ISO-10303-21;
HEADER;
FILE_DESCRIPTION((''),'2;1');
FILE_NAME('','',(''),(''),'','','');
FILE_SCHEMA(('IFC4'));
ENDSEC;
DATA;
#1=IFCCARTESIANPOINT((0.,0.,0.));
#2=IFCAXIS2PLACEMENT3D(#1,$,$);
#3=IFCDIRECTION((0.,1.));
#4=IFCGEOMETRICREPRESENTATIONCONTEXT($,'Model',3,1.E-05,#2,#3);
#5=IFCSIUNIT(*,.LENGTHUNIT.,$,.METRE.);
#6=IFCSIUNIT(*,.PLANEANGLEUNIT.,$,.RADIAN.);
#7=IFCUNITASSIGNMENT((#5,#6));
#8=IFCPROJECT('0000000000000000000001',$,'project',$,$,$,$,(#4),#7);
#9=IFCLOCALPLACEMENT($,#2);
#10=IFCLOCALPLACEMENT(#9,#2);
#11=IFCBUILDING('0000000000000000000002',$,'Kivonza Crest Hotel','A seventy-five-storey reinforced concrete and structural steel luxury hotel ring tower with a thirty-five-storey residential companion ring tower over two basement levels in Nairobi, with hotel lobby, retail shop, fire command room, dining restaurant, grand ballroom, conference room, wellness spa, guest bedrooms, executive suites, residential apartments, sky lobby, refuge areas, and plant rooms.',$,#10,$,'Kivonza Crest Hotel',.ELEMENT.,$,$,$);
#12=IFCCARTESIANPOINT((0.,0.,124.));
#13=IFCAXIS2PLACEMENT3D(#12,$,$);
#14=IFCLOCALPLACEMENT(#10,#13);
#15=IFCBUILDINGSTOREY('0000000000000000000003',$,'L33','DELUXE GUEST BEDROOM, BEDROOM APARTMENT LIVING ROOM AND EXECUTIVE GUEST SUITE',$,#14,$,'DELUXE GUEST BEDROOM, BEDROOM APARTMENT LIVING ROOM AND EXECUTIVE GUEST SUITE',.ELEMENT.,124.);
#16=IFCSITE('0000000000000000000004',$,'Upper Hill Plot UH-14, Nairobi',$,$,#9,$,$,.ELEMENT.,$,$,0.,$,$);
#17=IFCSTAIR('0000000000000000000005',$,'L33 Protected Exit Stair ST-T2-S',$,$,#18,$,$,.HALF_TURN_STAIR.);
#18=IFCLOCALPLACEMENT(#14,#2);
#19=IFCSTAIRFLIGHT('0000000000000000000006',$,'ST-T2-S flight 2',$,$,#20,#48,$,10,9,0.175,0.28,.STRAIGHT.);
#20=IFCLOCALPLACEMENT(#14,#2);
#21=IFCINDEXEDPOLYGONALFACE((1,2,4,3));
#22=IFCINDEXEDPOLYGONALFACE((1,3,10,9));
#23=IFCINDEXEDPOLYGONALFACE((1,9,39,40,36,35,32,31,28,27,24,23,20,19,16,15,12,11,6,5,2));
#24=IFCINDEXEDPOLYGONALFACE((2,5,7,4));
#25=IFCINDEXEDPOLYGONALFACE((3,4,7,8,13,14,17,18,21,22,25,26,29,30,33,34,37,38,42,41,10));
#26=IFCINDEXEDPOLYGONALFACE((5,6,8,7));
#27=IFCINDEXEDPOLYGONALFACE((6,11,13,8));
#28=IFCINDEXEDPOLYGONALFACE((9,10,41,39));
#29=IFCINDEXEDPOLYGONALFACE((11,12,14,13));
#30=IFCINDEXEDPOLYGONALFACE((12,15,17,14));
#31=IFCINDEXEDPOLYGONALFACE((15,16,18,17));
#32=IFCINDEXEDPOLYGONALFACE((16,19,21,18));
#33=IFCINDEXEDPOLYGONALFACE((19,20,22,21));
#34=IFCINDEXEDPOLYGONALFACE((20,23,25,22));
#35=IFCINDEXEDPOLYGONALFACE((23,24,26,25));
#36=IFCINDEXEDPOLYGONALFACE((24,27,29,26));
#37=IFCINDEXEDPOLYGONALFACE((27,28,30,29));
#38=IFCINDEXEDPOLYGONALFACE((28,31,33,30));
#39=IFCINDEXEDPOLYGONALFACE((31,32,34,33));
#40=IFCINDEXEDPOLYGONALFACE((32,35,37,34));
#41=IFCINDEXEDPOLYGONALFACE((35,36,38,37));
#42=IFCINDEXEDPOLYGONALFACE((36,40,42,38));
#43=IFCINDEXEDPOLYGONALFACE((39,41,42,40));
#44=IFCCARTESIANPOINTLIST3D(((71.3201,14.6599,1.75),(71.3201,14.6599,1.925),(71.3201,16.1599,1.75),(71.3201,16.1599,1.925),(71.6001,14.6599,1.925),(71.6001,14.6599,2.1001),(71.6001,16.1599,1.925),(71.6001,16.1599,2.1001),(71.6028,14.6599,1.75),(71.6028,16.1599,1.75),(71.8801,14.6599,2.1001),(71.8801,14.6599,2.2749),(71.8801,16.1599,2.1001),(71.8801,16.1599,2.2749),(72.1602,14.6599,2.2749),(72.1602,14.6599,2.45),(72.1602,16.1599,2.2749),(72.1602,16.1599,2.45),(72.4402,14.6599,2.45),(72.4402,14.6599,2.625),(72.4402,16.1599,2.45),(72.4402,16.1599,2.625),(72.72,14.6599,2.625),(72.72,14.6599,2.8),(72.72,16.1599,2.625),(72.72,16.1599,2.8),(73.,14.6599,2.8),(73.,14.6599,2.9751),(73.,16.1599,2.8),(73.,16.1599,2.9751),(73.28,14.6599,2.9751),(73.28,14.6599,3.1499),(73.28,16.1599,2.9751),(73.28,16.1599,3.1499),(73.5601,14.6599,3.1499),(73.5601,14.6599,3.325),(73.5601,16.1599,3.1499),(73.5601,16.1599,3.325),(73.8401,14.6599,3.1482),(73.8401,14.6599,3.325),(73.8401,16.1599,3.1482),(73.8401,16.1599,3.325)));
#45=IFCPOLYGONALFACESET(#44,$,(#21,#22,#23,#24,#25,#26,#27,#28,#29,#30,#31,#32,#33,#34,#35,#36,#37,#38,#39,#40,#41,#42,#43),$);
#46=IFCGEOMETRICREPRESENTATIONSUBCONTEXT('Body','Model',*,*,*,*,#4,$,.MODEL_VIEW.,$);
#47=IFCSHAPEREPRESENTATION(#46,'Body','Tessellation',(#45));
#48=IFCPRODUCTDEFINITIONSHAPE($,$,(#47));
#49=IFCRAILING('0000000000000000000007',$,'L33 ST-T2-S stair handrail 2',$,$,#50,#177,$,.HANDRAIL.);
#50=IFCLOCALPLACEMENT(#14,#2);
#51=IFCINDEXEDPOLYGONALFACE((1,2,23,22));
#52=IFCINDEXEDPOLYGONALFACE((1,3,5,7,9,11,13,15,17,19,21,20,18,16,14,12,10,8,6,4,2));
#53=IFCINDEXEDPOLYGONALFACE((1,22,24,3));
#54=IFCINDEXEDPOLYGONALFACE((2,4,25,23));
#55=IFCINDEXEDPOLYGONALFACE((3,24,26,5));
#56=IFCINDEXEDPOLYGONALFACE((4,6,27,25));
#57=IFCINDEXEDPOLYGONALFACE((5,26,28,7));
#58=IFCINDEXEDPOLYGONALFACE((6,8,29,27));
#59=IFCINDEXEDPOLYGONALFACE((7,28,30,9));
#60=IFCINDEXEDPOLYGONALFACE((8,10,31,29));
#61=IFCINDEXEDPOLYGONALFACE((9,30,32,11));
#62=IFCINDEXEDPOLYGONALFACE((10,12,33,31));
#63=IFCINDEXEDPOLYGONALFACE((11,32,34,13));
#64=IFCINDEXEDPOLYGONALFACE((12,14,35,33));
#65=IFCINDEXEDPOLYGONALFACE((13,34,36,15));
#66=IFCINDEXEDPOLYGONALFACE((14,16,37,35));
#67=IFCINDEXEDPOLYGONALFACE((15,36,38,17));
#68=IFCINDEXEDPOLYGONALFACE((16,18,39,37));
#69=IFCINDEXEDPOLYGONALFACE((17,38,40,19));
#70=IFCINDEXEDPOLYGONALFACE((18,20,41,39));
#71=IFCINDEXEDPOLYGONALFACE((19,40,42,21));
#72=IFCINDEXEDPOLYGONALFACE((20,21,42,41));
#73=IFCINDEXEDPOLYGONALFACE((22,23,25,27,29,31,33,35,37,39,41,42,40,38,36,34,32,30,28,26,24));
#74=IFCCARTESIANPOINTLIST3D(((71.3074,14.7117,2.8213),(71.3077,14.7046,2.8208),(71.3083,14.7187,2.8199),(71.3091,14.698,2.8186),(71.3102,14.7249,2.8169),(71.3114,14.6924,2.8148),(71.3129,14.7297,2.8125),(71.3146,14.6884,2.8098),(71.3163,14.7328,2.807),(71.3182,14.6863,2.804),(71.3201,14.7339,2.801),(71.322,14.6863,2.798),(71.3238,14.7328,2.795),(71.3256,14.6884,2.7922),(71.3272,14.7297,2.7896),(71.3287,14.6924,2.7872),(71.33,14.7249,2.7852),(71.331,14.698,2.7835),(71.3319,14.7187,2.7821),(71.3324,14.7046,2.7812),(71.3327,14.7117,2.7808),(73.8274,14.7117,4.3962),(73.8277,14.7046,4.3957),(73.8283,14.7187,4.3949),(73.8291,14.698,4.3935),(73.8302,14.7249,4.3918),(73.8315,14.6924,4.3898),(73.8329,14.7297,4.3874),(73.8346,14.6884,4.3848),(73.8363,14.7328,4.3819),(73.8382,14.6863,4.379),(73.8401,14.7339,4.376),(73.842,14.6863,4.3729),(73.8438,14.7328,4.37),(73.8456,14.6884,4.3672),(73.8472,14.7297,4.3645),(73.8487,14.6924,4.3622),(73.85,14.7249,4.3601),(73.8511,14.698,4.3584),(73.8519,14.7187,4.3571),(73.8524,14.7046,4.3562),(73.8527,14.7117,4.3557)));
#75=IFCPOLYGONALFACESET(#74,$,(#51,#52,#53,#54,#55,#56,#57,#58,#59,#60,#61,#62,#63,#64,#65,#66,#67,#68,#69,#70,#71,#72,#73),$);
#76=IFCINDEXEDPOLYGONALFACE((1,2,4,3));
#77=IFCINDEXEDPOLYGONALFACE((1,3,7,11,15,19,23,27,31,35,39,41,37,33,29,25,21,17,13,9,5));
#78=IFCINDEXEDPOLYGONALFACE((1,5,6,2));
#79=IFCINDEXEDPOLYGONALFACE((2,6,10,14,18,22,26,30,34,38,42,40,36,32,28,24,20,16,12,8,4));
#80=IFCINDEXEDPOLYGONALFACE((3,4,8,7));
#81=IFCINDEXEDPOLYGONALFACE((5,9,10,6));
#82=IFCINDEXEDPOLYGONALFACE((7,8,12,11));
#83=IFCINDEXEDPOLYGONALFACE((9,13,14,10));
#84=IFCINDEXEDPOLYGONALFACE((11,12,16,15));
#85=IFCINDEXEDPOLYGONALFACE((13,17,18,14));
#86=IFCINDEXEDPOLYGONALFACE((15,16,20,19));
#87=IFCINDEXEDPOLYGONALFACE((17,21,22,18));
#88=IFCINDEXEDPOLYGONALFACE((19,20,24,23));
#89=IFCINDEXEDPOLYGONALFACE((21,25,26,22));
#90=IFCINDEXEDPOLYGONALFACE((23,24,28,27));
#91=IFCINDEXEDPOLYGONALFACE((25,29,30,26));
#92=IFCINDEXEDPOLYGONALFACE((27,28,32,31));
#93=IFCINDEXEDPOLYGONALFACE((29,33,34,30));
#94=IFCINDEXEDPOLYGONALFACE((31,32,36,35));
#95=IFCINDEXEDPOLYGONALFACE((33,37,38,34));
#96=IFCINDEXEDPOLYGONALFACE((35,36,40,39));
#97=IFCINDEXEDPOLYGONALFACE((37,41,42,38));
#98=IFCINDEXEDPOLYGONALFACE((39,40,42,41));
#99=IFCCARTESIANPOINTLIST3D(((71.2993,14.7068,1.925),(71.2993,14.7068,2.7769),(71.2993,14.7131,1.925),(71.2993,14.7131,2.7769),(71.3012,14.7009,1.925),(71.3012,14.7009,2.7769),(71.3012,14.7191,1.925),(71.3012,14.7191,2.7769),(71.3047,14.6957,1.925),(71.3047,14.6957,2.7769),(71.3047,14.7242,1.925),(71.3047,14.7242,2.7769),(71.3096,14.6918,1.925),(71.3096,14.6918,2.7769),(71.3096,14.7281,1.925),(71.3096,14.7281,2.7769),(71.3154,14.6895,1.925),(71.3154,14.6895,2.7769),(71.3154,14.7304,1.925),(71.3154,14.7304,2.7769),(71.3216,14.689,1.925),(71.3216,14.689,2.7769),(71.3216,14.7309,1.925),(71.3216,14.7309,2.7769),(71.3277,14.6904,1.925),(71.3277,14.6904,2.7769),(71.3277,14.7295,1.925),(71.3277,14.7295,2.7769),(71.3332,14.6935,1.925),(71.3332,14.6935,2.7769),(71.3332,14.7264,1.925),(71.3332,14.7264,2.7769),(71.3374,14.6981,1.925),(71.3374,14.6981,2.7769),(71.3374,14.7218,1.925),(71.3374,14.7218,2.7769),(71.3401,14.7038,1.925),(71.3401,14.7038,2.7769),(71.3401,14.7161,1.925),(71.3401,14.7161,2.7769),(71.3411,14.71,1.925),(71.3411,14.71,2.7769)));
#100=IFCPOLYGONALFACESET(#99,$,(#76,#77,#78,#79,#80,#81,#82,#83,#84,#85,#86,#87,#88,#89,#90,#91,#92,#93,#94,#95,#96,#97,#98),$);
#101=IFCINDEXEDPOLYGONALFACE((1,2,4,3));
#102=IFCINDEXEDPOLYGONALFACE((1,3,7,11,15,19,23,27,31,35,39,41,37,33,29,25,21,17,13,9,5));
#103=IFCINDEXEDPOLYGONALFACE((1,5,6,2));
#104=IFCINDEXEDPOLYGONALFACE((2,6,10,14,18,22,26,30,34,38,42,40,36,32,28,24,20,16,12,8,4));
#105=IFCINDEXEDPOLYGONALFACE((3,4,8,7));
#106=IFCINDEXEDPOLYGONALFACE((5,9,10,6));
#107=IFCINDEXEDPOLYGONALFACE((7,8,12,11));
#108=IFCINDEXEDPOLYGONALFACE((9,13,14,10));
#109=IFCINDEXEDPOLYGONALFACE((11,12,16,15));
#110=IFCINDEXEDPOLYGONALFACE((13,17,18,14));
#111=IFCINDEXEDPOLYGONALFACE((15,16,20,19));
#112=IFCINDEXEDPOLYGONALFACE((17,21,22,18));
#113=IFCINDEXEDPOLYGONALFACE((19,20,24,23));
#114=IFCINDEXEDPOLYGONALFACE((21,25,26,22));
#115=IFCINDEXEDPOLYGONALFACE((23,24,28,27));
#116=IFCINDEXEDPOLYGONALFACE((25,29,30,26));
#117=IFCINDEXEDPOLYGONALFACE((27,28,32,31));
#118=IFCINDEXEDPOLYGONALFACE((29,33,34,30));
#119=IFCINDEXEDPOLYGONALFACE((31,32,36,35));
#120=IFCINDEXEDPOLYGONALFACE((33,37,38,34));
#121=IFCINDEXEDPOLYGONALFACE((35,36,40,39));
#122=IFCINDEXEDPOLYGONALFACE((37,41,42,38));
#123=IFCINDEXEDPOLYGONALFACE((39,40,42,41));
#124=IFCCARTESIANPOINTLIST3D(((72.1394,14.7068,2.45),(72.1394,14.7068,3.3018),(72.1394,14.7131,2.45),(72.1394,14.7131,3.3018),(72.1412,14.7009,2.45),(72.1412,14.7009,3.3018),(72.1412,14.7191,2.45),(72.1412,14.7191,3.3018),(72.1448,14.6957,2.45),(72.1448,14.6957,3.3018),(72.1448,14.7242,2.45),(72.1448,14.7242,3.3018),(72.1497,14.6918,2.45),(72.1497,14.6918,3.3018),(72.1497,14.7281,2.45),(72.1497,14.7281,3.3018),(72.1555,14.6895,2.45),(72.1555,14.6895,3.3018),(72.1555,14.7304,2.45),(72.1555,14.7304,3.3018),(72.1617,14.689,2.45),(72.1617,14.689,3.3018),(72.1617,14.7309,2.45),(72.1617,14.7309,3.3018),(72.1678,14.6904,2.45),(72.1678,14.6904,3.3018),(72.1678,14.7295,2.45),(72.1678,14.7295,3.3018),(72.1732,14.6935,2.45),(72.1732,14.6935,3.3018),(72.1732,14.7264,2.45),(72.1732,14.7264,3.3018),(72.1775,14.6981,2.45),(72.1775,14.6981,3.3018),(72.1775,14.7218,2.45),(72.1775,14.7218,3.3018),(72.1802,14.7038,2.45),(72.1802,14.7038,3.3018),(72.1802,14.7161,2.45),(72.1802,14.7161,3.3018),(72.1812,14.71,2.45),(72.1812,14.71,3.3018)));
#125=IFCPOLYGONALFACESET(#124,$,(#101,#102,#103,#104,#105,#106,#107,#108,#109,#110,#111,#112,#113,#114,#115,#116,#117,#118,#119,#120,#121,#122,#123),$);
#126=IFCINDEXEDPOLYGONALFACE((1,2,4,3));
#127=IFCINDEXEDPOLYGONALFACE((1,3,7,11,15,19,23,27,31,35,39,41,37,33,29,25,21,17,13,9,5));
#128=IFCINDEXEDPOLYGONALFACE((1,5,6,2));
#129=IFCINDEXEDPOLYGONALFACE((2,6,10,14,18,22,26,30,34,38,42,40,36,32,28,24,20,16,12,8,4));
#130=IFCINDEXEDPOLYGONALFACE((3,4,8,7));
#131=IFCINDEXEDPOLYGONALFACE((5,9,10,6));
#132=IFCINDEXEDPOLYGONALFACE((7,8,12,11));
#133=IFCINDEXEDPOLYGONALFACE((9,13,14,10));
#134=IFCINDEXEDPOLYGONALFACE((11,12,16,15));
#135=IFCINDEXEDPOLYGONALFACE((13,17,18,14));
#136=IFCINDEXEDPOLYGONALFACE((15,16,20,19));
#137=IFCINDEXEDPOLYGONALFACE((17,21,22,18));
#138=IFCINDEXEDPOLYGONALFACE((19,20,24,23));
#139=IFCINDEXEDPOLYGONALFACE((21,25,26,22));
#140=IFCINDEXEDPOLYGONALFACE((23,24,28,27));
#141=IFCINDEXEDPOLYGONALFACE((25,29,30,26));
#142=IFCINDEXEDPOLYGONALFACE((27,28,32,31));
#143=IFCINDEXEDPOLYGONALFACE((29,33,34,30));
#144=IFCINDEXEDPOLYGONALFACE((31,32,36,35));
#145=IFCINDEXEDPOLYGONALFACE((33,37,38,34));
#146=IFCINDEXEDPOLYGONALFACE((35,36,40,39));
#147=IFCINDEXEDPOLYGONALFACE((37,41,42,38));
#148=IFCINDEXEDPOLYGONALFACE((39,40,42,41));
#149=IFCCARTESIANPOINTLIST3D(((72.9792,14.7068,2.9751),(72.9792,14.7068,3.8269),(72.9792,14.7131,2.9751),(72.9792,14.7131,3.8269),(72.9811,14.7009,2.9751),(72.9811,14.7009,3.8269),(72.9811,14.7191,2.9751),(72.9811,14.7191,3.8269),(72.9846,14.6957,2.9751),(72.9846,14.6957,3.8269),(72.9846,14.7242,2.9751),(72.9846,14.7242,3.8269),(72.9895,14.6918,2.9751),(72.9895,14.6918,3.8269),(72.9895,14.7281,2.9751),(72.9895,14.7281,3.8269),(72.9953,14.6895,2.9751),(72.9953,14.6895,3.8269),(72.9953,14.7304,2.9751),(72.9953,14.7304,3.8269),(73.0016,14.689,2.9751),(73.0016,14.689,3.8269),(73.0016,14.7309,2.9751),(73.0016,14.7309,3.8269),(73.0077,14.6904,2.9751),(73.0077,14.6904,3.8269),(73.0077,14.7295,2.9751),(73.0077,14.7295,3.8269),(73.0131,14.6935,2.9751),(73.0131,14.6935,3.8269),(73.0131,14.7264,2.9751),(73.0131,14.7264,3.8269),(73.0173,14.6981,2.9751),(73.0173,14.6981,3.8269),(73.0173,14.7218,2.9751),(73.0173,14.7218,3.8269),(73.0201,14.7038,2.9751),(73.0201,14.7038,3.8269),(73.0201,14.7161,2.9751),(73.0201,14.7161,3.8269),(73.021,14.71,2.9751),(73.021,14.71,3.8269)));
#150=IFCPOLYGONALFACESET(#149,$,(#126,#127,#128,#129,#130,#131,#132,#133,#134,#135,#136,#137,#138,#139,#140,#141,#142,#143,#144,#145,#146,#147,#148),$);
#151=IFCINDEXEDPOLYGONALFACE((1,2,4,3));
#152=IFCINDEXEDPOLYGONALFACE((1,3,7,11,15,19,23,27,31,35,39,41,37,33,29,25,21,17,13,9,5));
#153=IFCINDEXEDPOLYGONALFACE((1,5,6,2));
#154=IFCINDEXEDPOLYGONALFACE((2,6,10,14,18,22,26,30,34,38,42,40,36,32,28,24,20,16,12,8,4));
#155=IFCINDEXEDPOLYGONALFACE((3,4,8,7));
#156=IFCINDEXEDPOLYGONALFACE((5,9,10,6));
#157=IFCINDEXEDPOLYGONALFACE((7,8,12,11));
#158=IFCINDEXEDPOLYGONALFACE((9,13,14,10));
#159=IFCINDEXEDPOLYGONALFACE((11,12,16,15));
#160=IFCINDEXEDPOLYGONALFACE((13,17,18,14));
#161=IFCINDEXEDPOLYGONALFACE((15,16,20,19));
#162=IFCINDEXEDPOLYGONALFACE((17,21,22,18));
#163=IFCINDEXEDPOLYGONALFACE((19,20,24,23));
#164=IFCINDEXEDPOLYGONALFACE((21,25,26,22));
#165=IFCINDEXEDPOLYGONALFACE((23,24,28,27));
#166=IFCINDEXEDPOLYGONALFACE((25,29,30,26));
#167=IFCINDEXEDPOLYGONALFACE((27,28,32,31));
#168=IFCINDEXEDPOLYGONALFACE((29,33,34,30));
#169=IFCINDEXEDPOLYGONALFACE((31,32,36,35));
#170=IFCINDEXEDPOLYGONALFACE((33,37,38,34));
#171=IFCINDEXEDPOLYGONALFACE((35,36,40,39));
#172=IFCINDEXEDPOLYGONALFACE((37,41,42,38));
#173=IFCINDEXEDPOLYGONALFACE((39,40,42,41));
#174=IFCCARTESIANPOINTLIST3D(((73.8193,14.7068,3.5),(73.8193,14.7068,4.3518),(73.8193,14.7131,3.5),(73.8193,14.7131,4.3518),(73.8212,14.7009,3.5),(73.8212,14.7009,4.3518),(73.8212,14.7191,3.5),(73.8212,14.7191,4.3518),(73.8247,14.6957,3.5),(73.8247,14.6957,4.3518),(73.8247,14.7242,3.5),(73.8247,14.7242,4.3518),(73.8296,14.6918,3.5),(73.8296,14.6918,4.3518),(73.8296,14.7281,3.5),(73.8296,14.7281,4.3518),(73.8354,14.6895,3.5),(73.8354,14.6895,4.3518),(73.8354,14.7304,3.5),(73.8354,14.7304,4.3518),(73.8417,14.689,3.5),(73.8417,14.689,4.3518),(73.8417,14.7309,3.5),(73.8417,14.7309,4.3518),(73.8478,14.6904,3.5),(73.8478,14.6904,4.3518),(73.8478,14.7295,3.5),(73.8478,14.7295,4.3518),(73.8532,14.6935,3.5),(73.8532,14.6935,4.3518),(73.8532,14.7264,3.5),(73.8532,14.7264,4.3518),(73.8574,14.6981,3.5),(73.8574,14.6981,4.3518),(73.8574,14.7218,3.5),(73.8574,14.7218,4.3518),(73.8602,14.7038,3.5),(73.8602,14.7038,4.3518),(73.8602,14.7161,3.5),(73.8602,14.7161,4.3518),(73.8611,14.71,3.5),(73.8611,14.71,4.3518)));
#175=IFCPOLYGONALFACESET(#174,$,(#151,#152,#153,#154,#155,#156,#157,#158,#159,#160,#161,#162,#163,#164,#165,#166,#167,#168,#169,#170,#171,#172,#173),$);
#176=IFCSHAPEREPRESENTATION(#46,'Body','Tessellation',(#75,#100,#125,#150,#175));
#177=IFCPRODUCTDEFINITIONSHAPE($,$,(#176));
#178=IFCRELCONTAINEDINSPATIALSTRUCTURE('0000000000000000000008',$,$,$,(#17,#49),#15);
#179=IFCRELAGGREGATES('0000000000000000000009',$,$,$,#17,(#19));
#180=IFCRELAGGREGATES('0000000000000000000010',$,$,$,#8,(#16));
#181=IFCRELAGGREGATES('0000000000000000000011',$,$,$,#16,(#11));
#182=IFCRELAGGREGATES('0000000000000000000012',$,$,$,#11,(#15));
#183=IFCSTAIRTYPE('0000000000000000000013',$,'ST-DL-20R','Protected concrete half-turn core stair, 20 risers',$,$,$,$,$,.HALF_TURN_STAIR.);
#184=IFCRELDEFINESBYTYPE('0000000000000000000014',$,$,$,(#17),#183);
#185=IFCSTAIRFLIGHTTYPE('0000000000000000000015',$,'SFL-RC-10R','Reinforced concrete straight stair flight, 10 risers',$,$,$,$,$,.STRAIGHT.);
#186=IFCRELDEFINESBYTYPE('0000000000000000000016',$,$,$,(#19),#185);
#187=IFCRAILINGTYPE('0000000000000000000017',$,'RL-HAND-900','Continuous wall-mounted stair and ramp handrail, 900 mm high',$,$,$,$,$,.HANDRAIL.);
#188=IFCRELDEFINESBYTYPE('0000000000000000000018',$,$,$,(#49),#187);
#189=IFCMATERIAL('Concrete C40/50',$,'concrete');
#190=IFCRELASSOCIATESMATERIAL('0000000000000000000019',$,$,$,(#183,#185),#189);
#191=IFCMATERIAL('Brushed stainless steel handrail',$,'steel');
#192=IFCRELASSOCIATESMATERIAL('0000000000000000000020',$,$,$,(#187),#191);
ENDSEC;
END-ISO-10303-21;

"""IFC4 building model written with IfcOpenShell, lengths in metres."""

from ifc_helpers import new_model, si_unit, direction, frame, origin, origin_2d, place, context, subcontext, project, spatial, polyline, circle, outline, extrude, material, type_object, element, aggregate, save


model = new_model("IFC4")

# Units and contexts
model_context = context("Model", 3, precision=1e-05, world=origin(), true_north=direction((0.0, 1.0)))
body_context = subcontext(model_context, "Body", "Model", "MODEL_VIEW")
ifc_project = project(units=[si_unit("LENGTHUNIT", "METRE"), si_unit("PLANEANGLEUNIT", "RADIAN")], contexts=[model_context])

# Site, building, storey
site_placement = place(None, origin())
site = spatial("IfcSite", under=ifc_project, at=site_placement, Name="Upper Hill Plot UH-14, Nairobi", CompositionType="ELEMENT", RefElevation=0.0)
building_placement = place(site_placement, origin())
building = spatial("IfcBuilding", under=site, at=building_placement, Name="Kivonza Crest Hotel", Description="A seventy-five-storey reinforced concrete and structural steel luxury hotel ring tower with a thirty-five-storey residential companion ring tower over two basement levels in Nairobi, with hotel lobby, retail shop, fire command room, dining restaurant, grand ballroom, conference room, wellness spa, guest bedrooms, executive suites, residential apartments, sky lobby, refuge areas, and plant rooms.", LongName="Kivonza Crest Hotel", CompositionType="ELEMENT")
storey_placement = place(building_placement, frame((0.0, 0.0, 124.0)))
storey = spatial("IfcBuildingStorey", under=building, at=storey_placement, Name="L33", Description="DELUXE GUEST BEDROOM, BEDROOM APARTMENT LIVING ROOM AND EXECUTIVE GUEST SUITE", LongName="DELUXE GUEST BEDROOM, BEDROOM APARTMENT LIVING ROOM AND EXECUTIVE GUEST SUITE", CompositionType="ELEMENT", Elevation=124.0)

# Stair, stair flight
ifc_material_1 = material(Name="Concrete C40/50", Category="concrete")
stair_type = type_object("IfcStairType", Name="ST-DL-20R", Description="Protected concrete half-turn core stair, 20 risers", PredefinedType="HALF_TURN_STAIR", material=ifc_material_1)
stair_placement = place(storey_placement, origin())
stair = element("IfcStair", 1, at=stair_placement, inside=storey, type_object=stair_type, Name="L33 Protected Exit Stair ST-T2-S", PredefinedType="HALF_TURN_STAIR")
stair_flight_type = type_object("IfcStairFlightType", Name="SFL-RC-10R", Description="Reinforced concrete straight stair flight, 10 risers", PredefinedType="STRAIGHT", material=ifc_material_1)
stair_flight_placement = place(storey_placement, frame((71.3201, 15.4099, 1.75), z_axis=(0.0, 0.0, 1.0), x_axis=(1.0, 0.0, 0.0)))
stair_flight = element("IfcStairFlight", 2, at=stair_flight_placement, type_object=stair_flight_type, Name="ST-T2-S flight 2", NumberOfRisers=10, NumberOfTreads=9, PredefinedType="STRAIGHT", RiserHeight=0.175, TreadLength=0.28, context=body_context, shape_type="SweptSolid", body=[
    extrude(outline(polyline([(0.0, 0.0), (0.0, 0.175), (0.28, 0.175), (0.28, 0.3501), (0.5601, 0.3501), (0.5601, 0.5249), (0.8401, 0.5249), (0.8401, 0.7), (1.1201, 0.7), (1.1201, 0.875), (1.3999, 0.875), (1.3999, 1.05), (1.6799, 1.05), (1.6799, 1.2251), (1.96, 1.2251), (1.96, 1.3999), (2.24, 1.3999), (2.24, 1.575), (2.52, 1.575), (2.52, 1.75), (2.52, 1.3982), (0.2827, 0.0), (0.0, 0.0)])), frame((0.0, 0.75, 0.0), z_axis=(0.0, -1.0, 0.0), x_axis=(1.0, 0.0, 0.0)), (0.0, 0.0, 1.0), 1.5),
])
aggregate(stair, [stair_flight])

# Railing
ifc_material_2 = material(Name="Brushed stainless steel handrail", Category="steel")
railing_type_1 = type_object("IfcRailingType", Name="RL-HAND-900", Description="Continuous wall-mounted stair and ramp handrail, 900 mm high", PredefinedType="HANDRAIL", material=ifc_material_2)
railing_1_placement = place(storey_placement, frame((71.3201, 14.71, 1.925)))
element("IfcRailing", 3, at=railing_1_placement, inside=storey, type_object=railing_type_1, Name="L33 ST-T2-S stair handrail 2", PredefinedType="HANDRAIL", context=body_context, shape_type="SweptSolid", body=[
    extrude(circle(Radius=0.0239, at=origin_2d()), frame((0.0, 0.0, 0.876), z_axis=(0.848008, 0.0, 0.529984), x_axis=(0.0, 1.0, 0.0)), (0.0, 0.0, 1.0), 2.9717),
    extrude(circle(Radius=0.021, at=origin_2d()), origin(), (0.0, 0.0, 1.0), 0.8518),
    extrude(circle(Radius=0.021, at=origin_2d()), frame((0.8401, 0.0, 0.5249)), (0.0, 0.0, 1.0), 0.8518),
    extrude(circle(Radius=0.021, at=origin_2d()), frame((1.6799, 0.0, 1.05)), (0.0, 0.0, 1.0), 0.8518),
    extrude(circle(Radius=0.021, at=origin_2d()), frame((2.52, 0.0, 1.575)), (0.0, 0.0, 1.0), 0.8518),
])

save(model, "model.ifc")
